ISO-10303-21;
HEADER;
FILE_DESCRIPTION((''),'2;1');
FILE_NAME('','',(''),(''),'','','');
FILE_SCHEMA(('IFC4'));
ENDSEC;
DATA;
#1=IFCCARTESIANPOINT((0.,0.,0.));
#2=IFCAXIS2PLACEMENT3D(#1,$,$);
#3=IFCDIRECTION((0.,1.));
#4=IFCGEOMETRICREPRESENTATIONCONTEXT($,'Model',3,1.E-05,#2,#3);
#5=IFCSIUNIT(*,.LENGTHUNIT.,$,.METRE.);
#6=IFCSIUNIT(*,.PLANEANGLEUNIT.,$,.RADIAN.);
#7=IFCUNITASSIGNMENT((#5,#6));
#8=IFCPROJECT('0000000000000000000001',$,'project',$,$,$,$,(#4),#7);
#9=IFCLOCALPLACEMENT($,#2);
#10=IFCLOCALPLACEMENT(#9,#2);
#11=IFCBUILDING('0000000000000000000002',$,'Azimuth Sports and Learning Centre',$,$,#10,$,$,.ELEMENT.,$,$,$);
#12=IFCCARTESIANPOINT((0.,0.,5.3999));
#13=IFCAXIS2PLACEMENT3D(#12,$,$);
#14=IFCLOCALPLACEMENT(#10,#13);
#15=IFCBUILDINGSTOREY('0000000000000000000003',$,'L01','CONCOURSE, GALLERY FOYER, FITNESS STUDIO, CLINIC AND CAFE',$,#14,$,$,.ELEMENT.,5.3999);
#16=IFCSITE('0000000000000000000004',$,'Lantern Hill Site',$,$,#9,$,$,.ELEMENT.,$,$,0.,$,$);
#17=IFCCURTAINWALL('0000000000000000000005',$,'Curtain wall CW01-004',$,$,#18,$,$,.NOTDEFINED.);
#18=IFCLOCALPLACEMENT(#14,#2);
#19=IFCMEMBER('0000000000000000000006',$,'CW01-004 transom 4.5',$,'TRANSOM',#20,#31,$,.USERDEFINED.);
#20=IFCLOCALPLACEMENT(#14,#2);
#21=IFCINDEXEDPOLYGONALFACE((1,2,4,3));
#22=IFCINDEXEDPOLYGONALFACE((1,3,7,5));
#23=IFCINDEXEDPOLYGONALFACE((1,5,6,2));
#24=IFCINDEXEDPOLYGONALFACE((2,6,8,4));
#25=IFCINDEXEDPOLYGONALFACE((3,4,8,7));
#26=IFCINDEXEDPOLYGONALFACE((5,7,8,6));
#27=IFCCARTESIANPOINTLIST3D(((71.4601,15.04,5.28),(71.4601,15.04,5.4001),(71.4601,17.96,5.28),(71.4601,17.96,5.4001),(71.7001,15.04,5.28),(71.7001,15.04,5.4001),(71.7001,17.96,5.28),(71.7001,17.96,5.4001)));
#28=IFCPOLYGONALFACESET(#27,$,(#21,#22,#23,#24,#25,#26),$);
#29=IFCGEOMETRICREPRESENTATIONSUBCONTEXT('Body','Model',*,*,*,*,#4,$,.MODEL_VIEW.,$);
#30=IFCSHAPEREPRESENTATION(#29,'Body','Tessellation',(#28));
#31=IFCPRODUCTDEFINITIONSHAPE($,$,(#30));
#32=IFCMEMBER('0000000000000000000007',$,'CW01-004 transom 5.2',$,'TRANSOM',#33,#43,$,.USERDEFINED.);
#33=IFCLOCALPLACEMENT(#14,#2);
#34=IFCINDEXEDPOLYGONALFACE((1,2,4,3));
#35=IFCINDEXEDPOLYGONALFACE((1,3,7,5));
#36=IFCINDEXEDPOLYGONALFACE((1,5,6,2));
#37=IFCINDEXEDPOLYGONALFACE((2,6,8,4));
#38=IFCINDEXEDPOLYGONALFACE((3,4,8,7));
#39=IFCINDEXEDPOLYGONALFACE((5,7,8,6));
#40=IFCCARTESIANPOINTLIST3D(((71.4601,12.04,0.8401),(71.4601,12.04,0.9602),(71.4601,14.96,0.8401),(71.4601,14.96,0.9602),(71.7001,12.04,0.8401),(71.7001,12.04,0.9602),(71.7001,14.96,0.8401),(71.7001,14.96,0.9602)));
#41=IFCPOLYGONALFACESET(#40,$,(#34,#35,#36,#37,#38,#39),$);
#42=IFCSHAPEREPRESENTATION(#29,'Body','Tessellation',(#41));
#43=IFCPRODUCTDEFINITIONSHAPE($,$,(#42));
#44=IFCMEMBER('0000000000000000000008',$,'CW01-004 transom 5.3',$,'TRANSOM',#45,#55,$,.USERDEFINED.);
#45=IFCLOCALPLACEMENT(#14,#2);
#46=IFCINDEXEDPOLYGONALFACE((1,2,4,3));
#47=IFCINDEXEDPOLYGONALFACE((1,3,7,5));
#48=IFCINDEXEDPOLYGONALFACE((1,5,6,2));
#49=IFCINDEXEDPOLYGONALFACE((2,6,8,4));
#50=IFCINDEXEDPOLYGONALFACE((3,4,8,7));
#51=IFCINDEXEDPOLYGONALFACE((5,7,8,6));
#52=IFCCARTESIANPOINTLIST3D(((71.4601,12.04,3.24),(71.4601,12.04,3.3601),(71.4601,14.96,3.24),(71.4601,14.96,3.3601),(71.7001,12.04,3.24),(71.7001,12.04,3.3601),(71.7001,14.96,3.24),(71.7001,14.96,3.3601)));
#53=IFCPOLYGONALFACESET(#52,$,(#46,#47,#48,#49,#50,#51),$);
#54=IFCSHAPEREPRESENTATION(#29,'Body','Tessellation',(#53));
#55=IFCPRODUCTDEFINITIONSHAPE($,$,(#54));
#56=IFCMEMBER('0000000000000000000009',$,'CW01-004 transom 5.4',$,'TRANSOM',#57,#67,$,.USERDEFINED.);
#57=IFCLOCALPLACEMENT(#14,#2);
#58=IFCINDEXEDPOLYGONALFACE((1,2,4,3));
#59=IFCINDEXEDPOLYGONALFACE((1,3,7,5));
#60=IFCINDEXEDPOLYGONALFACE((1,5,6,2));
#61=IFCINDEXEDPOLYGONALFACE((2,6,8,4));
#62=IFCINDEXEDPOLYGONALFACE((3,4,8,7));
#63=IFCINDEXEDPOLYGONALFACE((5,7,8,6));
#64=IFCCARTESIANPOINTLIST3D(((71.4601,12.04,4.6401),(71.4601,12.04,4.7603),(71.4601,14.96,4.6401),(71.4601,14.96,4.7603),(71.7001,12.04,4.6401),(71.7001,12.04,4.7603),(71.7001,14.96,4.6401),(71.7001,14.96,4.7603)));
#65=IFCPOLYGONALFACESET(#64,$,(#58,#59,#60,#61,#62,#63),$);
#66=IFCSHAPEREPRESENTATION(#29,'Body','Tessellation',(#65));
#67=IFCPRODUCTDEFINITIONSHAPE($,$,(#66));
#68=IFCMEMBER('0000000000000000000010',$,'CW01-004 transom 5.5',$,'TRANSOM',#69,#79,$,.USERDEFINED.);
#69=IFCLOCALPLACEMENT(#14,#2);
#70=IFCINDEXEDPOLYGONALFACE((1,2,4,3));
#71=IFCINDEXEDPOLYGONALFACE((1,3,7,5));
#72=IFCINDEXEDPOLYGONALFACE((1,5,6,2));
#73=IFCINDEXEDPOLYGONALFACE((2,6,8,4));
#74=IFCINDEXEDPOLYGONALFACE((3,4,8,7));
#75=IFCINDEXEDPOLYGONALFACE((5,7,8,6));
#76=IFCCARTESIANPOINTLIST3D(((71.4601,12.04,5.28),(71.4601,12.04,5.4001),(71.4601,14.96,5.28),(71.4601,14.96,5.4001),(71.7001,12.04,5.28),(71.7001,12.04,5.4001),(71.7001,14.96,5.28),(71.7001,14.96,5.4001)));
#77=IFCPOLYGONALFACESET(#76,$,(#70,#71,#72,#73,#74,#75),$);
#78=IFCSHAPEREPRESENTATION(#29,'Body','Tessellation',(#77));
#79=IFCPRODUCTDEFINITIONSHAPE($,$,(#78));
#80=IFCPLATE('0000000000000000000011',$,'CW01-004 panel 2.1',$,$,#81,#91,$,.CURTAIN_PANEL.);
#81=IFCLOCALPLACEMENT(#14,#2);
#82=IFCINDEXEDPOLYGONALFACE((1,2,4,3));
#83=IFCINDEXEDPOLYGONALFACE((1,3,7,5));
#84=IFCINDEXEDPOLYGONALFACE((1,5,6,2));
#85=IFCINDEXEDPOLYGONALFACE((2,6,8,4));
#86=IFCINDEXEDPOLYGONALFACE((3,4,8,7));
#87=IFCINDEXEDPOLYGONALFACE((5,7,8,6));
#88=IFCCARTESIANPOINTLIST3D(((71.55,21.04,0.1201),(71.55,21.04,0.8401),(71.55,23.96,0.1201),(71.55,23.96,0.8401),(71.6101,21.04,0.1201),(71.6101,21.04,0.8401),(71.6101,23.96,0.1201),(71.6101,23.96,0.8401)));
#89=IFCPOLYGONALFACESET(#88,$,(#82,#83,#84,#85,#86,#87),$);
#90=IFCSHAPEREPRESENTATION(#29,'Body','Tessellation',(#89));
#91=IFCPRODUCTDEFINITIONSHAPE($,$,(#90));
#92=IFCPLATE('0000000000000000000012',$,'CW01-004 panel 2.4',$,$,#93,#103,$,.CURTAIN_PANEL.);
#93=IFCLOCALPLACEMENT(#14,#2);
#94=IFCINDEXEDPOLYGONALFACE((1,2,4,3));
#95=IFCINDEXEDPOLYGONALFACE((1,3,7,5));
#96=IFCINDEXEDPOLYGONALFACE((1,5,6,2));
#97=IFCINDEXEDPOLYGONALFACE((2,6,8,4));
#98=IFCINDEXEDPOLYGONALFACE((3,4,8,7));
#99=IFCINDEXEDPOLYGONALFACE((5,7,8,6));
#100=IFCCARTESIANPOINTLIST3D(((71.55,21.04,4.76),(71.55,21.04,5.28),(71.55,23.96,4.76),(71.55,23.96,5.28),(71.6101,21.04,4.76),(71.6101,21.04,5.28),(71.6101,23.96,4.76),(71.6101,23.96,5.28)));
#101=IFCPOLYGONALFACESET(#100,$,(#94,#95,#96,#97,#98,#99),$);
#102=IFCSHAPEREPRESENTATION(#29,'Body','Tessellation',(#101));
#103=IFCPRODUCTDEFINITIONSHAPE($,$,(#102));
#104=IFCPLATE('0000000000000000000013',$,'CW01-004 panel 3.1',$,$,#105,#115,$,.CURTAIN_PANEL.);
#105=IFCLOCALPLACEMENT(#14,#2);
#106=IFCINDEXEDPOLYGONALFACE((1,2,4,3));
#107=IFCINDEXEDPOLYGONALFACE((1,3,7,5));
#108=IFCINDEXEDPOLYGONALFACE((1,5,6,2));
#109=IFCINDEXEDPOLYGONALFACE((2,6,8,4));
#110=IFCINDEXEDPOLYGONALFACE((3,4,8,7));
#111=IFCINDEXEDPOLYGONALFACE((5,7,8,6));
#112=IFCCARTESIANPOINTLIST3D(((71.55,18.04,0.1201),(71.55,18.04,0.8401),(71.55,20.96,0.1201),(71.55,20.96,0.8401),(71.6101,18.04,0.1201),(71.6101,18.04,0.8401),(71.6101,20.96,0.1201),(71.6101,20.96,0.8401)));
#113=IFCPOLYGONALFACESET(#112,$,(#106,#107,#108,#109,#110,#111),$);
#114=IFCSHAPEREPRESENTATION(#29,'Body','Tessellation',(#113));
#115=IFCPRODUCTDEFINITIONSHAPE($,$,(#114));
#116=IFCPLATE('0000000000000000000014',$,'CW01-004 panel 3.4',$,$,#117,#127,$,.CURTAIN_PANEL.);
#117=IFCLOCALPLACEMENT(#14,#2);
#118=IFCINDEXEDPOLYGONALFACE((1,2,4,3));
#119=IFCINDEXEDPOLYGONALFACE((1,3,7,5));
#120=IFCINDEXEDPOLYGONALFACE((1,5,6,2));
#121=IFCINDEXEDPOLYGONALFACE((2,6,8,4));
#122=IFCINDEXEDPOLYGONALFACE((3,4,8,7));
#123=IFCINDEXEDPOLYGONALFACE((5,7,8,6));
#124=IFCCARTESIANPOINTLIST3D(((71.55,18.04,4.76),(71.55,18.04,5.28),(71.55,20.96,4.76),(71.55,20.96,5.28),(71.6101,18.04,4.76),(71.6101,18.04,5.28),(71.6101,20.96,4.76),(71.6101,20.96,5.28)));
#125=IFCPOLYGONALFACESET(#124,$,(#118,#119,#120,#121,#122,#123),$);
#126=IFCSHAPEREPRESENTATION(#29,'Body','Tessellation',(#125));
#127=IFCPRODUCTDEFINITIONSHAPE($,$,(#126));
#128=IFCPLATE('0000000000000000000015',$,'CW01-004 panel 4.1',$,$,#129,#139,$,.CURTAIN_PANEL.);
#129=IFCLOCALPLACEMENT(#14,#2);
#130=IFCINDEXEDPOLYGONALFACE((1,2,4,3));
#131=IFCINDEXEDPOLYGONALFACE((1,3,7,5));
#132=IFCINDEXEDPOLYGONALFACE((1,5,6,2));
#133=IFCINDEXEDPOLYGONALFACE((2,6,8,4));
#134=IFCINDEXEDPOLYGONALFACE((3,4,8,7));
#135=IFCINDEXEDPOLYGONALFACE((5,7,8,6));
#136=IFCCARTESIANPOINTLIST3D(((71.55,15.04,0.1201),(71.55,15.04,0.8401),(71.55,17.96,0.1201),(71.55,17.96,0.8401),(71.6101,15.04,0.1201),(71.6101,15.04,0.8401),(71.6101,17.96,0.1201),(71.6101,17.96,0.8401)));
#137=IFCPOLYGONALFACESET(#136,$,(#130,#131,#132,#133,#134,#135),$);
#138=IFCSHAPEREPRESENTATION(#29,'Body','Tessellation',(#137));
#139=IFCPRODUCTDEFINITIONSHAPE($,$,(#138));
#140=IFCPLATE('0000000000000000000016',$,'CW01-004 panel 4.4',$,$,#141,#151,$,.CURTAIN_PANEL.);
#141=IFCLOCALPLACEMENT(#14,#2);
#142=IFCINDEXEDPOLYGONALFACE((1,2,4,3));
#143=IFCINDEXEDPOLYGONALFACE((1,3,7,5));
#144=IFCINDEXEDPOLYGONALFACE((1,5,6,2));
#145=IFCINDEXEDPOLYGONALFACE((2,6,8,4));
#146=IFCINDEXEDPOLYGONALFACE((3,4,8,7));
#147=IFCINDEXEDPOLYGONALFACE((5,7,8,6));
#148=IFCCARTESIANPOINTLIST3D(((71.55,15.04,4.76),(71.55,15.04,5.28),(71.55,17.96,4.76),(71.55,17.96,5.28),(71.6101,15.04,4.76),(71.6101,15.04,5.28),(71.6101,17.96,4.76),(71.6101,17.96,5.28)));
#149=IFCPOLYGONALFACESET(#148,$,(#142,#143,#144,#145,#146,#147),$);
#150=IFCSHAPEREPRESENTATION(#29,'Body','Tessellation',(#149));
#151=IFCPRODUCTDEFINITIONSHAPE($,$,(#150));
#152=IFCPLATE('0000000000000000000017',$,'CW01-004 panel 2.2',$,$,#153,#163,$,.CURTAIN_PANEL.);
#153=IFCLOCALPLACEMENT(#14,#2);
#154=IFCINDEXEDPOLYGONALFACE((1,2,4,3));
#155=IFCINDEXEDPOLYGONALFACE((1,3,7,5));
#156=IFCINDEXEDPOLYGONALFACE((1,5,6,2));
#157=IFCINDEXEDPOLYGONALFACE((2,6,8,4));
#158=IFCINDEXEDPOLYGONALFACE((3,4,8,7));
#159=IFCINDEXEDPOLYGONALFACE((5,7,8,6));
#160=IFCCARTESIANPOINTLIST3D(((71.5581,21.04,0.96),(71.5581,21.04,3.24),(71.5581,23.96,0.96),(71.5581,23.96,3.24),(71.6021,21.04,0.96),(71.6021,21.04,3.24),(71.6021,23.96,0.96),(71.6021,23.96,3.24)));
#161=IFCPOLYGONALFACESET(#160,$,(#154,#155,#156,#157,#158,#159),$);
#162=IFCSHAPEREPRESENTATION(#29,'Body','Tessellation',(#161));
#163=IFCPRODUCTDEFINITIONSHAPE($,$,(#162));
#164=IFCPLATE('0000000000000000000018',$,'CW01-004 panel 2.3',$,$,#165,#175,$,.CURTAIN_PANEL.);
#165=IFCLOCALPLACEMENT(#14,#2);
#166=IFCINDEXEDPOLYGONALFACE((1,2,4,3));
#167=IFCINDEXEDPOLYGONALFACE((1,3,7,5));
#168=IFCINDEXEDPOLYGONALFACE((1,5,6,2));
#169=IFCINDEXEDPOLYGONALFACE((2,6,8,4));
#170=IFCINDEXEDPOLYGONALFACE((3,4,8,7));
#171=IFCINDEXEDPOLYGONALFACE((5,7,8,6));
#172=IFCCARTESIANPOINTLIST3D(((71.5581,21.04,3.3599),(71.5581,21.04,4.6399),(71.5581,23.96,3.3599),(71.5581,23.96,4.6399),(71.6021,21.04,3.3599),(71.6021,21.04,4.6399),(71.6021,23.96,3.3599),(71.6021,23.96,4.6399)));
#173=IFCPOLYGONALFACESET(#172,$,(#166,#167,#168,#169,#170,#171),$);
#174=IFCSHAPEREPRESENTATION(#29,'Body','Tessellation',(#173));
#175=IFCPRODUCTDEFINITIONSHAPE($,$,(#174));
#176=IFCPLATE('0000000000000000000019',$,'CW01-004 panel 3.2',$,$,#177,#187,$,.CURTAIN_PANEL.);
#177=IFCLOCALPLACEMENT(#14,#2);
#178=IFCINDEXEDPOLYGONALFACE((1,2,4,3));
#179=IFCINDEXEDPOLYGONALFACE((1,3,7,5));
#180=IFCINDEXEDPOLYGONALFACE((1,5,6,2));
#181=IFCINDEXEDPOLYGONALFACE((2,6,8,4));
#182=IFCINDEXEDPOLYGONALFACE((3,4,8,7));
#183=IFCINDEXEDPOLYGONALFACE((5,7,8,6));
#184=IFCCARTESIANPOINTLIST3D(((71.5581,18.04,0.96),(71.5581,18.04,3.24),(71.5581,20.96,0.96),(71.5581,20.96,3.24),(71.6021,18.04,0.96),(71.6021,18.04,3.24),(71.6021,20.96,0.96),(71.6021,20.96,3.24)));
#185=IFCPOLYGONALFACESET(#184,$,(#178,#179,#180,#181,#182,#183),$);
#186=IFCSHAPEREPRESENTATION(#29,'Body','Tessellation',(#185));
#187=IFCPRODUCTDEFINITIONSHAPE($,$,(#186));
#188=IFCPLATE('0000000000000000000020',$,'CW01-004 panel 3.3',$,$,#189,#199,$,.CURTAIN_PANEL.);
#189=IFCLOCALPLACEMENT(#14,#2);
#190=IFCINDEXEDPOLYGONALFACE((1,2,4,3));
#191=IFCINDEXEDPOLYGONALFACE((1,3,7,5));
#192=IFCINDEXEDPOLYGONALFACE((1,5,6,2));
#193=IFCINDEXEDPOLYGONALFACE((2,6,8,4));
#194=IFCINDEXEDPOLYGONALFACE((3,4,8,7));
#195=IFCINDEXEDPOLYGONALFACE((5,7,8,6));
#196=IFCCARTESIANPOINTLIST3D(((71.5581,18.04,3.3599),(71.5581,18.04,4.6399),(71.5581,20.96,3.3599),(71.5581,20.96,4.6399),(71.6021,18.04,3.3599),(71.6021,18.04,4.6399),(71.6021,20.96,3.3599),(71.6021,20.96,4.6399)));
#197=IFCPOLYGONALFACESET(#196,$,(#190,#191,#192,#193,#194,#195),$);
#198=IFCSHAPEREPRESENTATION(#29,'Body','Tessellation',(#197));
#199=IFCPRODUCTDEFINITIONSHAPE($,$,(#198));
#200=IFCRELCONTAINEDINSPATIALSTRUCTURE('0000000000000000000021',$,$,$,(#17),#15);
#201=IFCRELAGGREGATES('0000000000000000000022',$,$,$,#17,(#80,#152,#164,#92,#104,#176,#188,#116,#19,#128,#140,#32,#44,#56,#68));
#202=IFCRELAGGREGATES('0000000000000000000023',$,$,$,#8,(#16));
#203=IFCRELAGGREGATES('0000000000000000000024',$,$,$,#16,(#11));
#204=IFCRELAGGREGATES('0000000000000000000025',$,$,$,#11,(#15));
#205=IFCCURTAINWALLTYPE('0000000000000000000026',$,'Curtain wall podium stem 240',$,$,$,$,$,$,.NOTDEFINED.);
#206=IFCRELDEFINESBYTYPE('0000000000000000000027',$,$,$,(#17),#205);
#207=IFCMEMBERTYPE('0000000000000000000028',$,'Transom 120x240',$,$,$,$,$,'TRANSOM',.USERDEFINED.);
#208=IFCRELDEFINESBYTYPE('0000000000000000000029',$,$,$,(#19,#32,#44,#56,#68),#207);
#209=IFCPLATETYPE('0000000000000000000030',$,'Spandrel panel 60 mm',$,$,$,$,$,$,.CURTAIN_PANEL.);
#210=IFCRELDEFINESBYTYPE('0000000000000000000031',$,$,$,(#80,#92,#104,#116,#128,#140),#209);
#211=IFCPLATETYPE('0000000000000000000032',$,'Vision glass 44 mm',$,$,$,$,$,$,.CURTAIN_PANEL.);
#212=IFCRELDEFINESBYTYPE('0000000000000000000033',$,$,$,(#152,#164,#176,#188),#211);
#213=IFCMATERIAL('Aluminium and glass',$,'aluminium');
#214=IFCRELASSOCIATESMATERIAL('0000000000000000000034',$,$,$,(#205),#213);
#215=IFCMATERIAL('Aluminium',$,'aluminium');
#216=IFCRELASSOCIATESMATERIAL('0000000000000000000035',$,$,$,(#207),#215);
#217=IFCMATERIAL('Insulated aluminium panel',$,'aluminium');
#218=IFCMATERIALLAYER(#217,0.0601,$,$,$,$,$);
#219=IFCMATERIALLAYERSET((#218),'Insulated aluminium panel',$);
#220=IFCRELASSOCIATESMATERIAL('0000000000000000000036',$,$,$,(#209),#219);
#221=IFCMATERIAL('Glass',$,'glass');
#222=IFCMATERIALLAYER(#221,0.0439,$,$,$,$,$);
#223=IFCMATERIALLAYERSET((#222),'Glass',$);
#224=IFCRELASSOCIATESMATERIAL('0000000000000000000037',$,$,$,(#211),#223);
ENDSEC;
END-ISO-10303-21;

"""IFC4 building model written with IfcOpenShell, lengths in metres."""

from ifc_helpers import new_model, si_unit, direction, frame, origin, origin_2d, place, context, subcontext, project, spatial, rectangle, extrude, material, layer, layer_set, material_profile, profile_set, type_object, element, aggregate, save


model = new_model("IFC4")

# Units and contexts
model_context = context("Model", 3, precision=1e-05, world=origin(), true_north=direction((0.0, 1.0)))
body_context = subcontext(model_context, "Body", "Model", "MODEL_VIEW")
ifc_project = project(units=[si_unit("LENGTHUNIT", "METRE"), si_unit("PLANEANGLEUNIT", "RADIAN")], contexts=[model_context])

# Site, building, storey
site_placement = place(None, origin())
site = spatial("IfcSite", under=ifc_project, at=site_placement, Name="Lantern Hill Site", CompositionType="ELEMENT", RefElevation=0.0)
building_placement = place(site_placement, origin())
building = spatial("IfcBuilding", under=site, at=building_placement, Name="Azimuth Sports and Learning Centre", CompositionType="ELEMENT")
storey_placement = place(building_placement, frame((0.0, 0.0, 5.3999)))
storey = spatial("IfcBuildingStorey", under=building, at=storey_placement, Name="L01", Description="CONCOURSE, GALLERY FOYER, FITNESS STUDIO, CLINIC AND CAFE", CompositionType="ELEMENT", Elevation=5.3999)

# Curtain wall, members, plates
ifc_material_1 = material(Name="Aluminium and glass", Category="aluminium")
curtain_wall_type = type_object("IfcCurtainWallType", Name="Curtain wall podium stem 240", PredefinedType="NOTDEFINED", material=ifc_material_1)
curtain_wall_placement = place(storey_placement, origin())
curtain_wall = element("IfcCurtainWall", 1, at=curtain_wall_placement, inside=storey, type_object=curtain_wall_type, Name="Curtain wall CW01-004", PredefinedType="NOTDEFINED")
ifc_material_2 = material(Name="Aluminium", Category="aluminium")
ifc_material_profile_1 = material_profile(ifc_material_2, rectangle(XDim=0.24, YDim=0.1201, at=origin_2d()), Name="Transom 120x240")
ifc_profile_set_1 = profile_set([ifc_material_profile_1], Name="Aluminium")
member_type_1 = type_object("IfcMemberType", Name="Transom 120x240", ElementType="TRANSOM", PredefinedType="USERDEFINED", material=ifc_profile_set_1)
member_1_placement = place(storey_placement, frame((71.5801, 17.96, 5.3401), z_axis=(0.0, -1.0, 0.0), x_axis=(1.0, 0.0, 0.0)))
member_1 = element("IfcMember", 2, at=member_1_placement, type_object=member_type_1, Name="CW01-004 transom 4.5", ObjectType="TRANSOM", PredefinedType="USERDEFINED", context=body_context, shape_type="SweptSolid", body=[
    extrude(rectangle(XDim=0.24, YDim=0.1201, at=origin_2d()), origin(), (0.0, 0.0, 1.0), 2.9199),
])
member_2_placement = place(storey_placement, frame((71.5801, 14.96, 0.9001), z_axis=(0.0, -1.0, 0.0), x_axis=(1.0, 0.0, 0.0)))
member_2 = element("IfcMember", 3, at=member_2_placement, type_object=member_type_1, Name="CW01-004 transom 5.2", ObjectType="TRANSOM", PredefinedType="USERDEFINED", context=body_context, shape_type="SweptSolid", body=[
    extrude(rectangle(XDim=0.24, YDim=0.1201, at=origin_2d()), origin(), (0.0, 0.0, 1.0), 2.9199),
])
member_3_placement = place(storey_placement, frame((71.5801, 14.96, 3.3), z_axis=(0.0, -1.0, 0.0), x_axis=(1.0, 0.0, 0.0)))
member_3 = element("IfcMember", 4, at=member_3_placement, type_object=member_type_1, Name="CW01-004 transom 5.3", ObjectType="TRANSOM", PredefinedType="USERDEFINED", context=body_context, shape_type="SweptSolid", body=[
    extrude(rectangle(XDim=0.24, YDim=0.1201, at=origin_2d()), origin(), (0.0, 0.0, 1.0), 2.9199),
])
member_4_placement = place(storey_placement, frame((71.5801, 14.96, 4.7002), z_axis=(0.0, -1.0, 0.0), x_axis=(1.0, 0.0, 0.0)))
member_4 = element("IfcMember", 5, at=member_4_placement, type_object=member_type_1, Name="CW01-004 transom 5.4", ObjectType="TRANSOM", PredefinedType="USERDEFINED", context=body_context, shape_type="SweptSolid", body=[
    extrude(rectangle(XDim=0.24, YDim=0.1201, at=origin_2d()), origin(), (0.0, 0.0, 1.0), 2.9199),
])
member_5_placement = place(storey_placement, frame((71.5801, 14.96, 5.3401), z_axis=(0.0, -1.0, 0.0), x_axis=(1.0, 0.0, 0.0)))
member_5 = element("IfcMember", 6, at=member_5_placement, type_object=member_type_1, Name="CW01-004 transom 5.5", ObjectType="TRANSOM", PredefinedType="USERDEFINED", context=body_context, shape_type="SweptSolid", body=[
    extrude(rectangle(XDim=0.24, YDim=0.1201, at=origin_2d()), origin(), (0.0, 0.0, 1.0), 2.9199),
])
ifc_material_3 = material(Name="Insulated aluminium panel", Category="aluminium")
ifc_layer_1 = layer(ifc_material_3, 0.0601)
ifc_layer_set_1 = layer_set([ifc_layer_1], Name="Insulated aluminium panel")
plate_type_1 = type_object("IfcPlateType", Name="Spandrel panel 60 mm", PredefinedType="CURTAIN_PANEL", material=ifc_layer_set_1)
plate_1_placement = place(storey_placement, frame((71.5801, 22.5, 0.1201), z_axis=(0.0, 0.0, 1.0), x_axis=(0.0, -1.0, 0.0)))
plate_1 = element("IfcPlate", 7, at=plate_1_placement, type_object=plate_type_1, Name="CW01-004 panel 2.1", PredefinedType="CURTAIN_PANEL", context=body_context, shape_type="SweptSolid", body=[
    extrude(rectangle(XDim=2.9199, YDim=0.0601, at=origin_2d()), origin(), (0.0, 0.0, 1.0), 0.72),
])
plate_2_placement = place(storey_placement, frame((71.5801, 22.5, 4.76), z_axis=(0.0, 0.0, 1.0), x_axis=(0.0, -1.0, 0.0)))
plate_2 = element("IfcPlate", 8, at=plate_2_placement, type_object=plate_type_1, Name="CW01-004 panel 2.4", PredefinedType="CURTAIN_PANEL", context=body_context, shape_type="SweptSolid", body=[
    extrude(rectangle(XDim=2.9199, YDim=0.0601, at=origin_2d()), origin(), (0.0, 0.0, 1.0), 0.52),
])
plate_3_placement = place(storey_placement, frame((71.5801, 19.5, 0.1201), z_axis=(0.0, 0.0, 1.0), x_axis=(0.0, -1.0, 0.0)))
plate_3 = element("IfcPlate", 9, at=plate_3_placement, type_object=plate_type_1, Name="CW01-004 panel 3.1", PredefinedType="CURTAIN_PANEL", context=body_context, shape_type="SweptSolid", body=[
    extrude(rectangle(XDim=2.9199, YDim=0.0601, at=origin_2d()), origin(), (0.0, 0.0, 1.0), 0.72),
])
plate_4_placement = place(storey_placement, frame((71.5801, 19.5, 4.76), z_axis=(0.0, 0.0, 1.0), x_axis=(0.0, -1.0, 0.0)))
plate_4 = element("IfcPlate", 10, at=plate_4_placement, type_object=plate_type_1, Name="CW01-004 panel 3.4", PredefinedType="CURTAIN_PANEL", context=body_context, shape_type="SweptSolid", body=[
    extrude(rectangle(XDim=2.9199, YDim=0.0601, at=origin_2d()), origin(), (0.0, 0.0, 1.0), 0.52),
])
plate_5_placement = place(storey_placement, frame((71.5801, 16.5, 0.1201), z_axis=(0.0, 0.0, 1.0), x_axis=(0.0, -1.0, 0.0)))
plate_5 = element("IfcPlate", 11, at=plate_5_placement, type_object=plate_type_1, Name="CW01-004 panel 4.1", PredefinedType="CURTAIN_PANEL", context=body_context, shape_type="SweptSolid", body=[
    extrude(rectangle(XDim=2.9199, YDim=0.0601, at=origin_2d()), origin(), (0.0, 0.0, 1.0), 0.72),
])
plate_6_placement = place(storey_placement, frame((71.5801, 16.5, 4.76), z_axis=(0.0, 0.0, 1.0), x_axis=(0.0, -1.0, 0.0)))
plate_6 = element("IfcPlate", 12, at=plate_6_placement, type_object=plate_type_1, Name="CW01-004 panel 4.4", PredefinedType="CURTAIN_PANEL", context=body_context, shape_type="SweptSolid", body=[
    extrude(rectangle(XDim=2.9199, YDim=0.0601, at=origin_2d()), origin(), (0.0, 0.0, 1.0), 0.52),
])
ifc_material_4 = material(Name="Glass", Category="glass")
ifc_layer_2 = layer(ifc_material_4, 0.0439)
ifc_layer_set_2 = layer_set([ifc_layer_2], Name="Glass")
plate_type_2 = type_object("IfcPlateType", Name="Vision glass 44 mm", PredefinedType="CURTAIN_PANEL", material=ifc_layer_set_2)
plate_7_placement = place(storey_placement, frame((71.5801, 22.5, 0.96), z_axis=(0.0, 0.0, 1.0), x_axis=(0.0, -1.0, 0.0)))
plate_7 = element("IfcPlate", 13, at=plate_7_placement, type_object=plate_type_2, Name="CW01-004 panel 2.2", PredefinedType="CURTAIN_PANEL", context=body_context, shape_type="SweptSolid", body=[
    extrude(rectangle(XDim=2.9199, YDim=0.0439, at=origin_2d()), origin(), (0.0, 0.0, 1.0), 2.28),
])
plate_8_placement = place(storey_placement, frame((71.5801, 22.5, 3.3599), z_axis=(0.0, 0.0, 1.0), x_axis=(0.0, -1.0, 0.0)))
plate_8 = element("IfcPlate", 14, at=plate_8_placement, type_object=plate_type_2, Name="CW01-004 panel 2.3", PredefinedType="CURTAIN_PANEL", context=body_context, shape_type="SweptSolid", body=[
    extrude(rectangle(XDim=2.9199, YDim=0.0439, at=origin_2d()), origin(), (0.0, 0.0, 1.0), 1.28),
])
plate_9_placement = place(storey_placement, frame((71.5801, 19.5, 0.96), z_axis=(0.0, 0.0, 1.0), x_axis=(0.0, -1.0, 0.0)))
plate_9 = element("IfcPlate", 15, at=plate_9_placement, type_object=plate_type_2, Name="CW01-004 panel 3.2", PredefinedType="CURTAIN_PANEL", context=body_context, shape_type="SweptSolid", body=[
    extrude(rectangle(XDim=2.9199, YDim=0.0439, at=origin_2d()), origin(), (0.0, 0.0, 1.0), 2.28),
])
plate_10_placement = place(storey_placement, frame((71.5801, 19.5, 3.3599), z_axis=(0.0, 0.0, 1.0), x_axis=(0.0, -1.0, 0.0)))
plate_10 = element("IfcPlate", 16, at=plate_10_placement, type_object=plate_type_2, Name="CW01-004 panel 3.3", PredefinedType="CURTAIN_PANEL", context=body_context, shape_type="SweptSolid", body=[
    extrude(rectangle(XDim=2.9199, YDim=0.0439, at=origin_2d()), origin(), (0.0, 0.0, 1.0), 1.28),
])
aggregate(curtain_wall, [plate_1, plate_7, plate_8, plate_2, plate_3, plate_9, plate_10, plate_4, member_1, plate_5, plate_6, member_2, member_3, member_4, member_5])

save(model, "model.ifc")
